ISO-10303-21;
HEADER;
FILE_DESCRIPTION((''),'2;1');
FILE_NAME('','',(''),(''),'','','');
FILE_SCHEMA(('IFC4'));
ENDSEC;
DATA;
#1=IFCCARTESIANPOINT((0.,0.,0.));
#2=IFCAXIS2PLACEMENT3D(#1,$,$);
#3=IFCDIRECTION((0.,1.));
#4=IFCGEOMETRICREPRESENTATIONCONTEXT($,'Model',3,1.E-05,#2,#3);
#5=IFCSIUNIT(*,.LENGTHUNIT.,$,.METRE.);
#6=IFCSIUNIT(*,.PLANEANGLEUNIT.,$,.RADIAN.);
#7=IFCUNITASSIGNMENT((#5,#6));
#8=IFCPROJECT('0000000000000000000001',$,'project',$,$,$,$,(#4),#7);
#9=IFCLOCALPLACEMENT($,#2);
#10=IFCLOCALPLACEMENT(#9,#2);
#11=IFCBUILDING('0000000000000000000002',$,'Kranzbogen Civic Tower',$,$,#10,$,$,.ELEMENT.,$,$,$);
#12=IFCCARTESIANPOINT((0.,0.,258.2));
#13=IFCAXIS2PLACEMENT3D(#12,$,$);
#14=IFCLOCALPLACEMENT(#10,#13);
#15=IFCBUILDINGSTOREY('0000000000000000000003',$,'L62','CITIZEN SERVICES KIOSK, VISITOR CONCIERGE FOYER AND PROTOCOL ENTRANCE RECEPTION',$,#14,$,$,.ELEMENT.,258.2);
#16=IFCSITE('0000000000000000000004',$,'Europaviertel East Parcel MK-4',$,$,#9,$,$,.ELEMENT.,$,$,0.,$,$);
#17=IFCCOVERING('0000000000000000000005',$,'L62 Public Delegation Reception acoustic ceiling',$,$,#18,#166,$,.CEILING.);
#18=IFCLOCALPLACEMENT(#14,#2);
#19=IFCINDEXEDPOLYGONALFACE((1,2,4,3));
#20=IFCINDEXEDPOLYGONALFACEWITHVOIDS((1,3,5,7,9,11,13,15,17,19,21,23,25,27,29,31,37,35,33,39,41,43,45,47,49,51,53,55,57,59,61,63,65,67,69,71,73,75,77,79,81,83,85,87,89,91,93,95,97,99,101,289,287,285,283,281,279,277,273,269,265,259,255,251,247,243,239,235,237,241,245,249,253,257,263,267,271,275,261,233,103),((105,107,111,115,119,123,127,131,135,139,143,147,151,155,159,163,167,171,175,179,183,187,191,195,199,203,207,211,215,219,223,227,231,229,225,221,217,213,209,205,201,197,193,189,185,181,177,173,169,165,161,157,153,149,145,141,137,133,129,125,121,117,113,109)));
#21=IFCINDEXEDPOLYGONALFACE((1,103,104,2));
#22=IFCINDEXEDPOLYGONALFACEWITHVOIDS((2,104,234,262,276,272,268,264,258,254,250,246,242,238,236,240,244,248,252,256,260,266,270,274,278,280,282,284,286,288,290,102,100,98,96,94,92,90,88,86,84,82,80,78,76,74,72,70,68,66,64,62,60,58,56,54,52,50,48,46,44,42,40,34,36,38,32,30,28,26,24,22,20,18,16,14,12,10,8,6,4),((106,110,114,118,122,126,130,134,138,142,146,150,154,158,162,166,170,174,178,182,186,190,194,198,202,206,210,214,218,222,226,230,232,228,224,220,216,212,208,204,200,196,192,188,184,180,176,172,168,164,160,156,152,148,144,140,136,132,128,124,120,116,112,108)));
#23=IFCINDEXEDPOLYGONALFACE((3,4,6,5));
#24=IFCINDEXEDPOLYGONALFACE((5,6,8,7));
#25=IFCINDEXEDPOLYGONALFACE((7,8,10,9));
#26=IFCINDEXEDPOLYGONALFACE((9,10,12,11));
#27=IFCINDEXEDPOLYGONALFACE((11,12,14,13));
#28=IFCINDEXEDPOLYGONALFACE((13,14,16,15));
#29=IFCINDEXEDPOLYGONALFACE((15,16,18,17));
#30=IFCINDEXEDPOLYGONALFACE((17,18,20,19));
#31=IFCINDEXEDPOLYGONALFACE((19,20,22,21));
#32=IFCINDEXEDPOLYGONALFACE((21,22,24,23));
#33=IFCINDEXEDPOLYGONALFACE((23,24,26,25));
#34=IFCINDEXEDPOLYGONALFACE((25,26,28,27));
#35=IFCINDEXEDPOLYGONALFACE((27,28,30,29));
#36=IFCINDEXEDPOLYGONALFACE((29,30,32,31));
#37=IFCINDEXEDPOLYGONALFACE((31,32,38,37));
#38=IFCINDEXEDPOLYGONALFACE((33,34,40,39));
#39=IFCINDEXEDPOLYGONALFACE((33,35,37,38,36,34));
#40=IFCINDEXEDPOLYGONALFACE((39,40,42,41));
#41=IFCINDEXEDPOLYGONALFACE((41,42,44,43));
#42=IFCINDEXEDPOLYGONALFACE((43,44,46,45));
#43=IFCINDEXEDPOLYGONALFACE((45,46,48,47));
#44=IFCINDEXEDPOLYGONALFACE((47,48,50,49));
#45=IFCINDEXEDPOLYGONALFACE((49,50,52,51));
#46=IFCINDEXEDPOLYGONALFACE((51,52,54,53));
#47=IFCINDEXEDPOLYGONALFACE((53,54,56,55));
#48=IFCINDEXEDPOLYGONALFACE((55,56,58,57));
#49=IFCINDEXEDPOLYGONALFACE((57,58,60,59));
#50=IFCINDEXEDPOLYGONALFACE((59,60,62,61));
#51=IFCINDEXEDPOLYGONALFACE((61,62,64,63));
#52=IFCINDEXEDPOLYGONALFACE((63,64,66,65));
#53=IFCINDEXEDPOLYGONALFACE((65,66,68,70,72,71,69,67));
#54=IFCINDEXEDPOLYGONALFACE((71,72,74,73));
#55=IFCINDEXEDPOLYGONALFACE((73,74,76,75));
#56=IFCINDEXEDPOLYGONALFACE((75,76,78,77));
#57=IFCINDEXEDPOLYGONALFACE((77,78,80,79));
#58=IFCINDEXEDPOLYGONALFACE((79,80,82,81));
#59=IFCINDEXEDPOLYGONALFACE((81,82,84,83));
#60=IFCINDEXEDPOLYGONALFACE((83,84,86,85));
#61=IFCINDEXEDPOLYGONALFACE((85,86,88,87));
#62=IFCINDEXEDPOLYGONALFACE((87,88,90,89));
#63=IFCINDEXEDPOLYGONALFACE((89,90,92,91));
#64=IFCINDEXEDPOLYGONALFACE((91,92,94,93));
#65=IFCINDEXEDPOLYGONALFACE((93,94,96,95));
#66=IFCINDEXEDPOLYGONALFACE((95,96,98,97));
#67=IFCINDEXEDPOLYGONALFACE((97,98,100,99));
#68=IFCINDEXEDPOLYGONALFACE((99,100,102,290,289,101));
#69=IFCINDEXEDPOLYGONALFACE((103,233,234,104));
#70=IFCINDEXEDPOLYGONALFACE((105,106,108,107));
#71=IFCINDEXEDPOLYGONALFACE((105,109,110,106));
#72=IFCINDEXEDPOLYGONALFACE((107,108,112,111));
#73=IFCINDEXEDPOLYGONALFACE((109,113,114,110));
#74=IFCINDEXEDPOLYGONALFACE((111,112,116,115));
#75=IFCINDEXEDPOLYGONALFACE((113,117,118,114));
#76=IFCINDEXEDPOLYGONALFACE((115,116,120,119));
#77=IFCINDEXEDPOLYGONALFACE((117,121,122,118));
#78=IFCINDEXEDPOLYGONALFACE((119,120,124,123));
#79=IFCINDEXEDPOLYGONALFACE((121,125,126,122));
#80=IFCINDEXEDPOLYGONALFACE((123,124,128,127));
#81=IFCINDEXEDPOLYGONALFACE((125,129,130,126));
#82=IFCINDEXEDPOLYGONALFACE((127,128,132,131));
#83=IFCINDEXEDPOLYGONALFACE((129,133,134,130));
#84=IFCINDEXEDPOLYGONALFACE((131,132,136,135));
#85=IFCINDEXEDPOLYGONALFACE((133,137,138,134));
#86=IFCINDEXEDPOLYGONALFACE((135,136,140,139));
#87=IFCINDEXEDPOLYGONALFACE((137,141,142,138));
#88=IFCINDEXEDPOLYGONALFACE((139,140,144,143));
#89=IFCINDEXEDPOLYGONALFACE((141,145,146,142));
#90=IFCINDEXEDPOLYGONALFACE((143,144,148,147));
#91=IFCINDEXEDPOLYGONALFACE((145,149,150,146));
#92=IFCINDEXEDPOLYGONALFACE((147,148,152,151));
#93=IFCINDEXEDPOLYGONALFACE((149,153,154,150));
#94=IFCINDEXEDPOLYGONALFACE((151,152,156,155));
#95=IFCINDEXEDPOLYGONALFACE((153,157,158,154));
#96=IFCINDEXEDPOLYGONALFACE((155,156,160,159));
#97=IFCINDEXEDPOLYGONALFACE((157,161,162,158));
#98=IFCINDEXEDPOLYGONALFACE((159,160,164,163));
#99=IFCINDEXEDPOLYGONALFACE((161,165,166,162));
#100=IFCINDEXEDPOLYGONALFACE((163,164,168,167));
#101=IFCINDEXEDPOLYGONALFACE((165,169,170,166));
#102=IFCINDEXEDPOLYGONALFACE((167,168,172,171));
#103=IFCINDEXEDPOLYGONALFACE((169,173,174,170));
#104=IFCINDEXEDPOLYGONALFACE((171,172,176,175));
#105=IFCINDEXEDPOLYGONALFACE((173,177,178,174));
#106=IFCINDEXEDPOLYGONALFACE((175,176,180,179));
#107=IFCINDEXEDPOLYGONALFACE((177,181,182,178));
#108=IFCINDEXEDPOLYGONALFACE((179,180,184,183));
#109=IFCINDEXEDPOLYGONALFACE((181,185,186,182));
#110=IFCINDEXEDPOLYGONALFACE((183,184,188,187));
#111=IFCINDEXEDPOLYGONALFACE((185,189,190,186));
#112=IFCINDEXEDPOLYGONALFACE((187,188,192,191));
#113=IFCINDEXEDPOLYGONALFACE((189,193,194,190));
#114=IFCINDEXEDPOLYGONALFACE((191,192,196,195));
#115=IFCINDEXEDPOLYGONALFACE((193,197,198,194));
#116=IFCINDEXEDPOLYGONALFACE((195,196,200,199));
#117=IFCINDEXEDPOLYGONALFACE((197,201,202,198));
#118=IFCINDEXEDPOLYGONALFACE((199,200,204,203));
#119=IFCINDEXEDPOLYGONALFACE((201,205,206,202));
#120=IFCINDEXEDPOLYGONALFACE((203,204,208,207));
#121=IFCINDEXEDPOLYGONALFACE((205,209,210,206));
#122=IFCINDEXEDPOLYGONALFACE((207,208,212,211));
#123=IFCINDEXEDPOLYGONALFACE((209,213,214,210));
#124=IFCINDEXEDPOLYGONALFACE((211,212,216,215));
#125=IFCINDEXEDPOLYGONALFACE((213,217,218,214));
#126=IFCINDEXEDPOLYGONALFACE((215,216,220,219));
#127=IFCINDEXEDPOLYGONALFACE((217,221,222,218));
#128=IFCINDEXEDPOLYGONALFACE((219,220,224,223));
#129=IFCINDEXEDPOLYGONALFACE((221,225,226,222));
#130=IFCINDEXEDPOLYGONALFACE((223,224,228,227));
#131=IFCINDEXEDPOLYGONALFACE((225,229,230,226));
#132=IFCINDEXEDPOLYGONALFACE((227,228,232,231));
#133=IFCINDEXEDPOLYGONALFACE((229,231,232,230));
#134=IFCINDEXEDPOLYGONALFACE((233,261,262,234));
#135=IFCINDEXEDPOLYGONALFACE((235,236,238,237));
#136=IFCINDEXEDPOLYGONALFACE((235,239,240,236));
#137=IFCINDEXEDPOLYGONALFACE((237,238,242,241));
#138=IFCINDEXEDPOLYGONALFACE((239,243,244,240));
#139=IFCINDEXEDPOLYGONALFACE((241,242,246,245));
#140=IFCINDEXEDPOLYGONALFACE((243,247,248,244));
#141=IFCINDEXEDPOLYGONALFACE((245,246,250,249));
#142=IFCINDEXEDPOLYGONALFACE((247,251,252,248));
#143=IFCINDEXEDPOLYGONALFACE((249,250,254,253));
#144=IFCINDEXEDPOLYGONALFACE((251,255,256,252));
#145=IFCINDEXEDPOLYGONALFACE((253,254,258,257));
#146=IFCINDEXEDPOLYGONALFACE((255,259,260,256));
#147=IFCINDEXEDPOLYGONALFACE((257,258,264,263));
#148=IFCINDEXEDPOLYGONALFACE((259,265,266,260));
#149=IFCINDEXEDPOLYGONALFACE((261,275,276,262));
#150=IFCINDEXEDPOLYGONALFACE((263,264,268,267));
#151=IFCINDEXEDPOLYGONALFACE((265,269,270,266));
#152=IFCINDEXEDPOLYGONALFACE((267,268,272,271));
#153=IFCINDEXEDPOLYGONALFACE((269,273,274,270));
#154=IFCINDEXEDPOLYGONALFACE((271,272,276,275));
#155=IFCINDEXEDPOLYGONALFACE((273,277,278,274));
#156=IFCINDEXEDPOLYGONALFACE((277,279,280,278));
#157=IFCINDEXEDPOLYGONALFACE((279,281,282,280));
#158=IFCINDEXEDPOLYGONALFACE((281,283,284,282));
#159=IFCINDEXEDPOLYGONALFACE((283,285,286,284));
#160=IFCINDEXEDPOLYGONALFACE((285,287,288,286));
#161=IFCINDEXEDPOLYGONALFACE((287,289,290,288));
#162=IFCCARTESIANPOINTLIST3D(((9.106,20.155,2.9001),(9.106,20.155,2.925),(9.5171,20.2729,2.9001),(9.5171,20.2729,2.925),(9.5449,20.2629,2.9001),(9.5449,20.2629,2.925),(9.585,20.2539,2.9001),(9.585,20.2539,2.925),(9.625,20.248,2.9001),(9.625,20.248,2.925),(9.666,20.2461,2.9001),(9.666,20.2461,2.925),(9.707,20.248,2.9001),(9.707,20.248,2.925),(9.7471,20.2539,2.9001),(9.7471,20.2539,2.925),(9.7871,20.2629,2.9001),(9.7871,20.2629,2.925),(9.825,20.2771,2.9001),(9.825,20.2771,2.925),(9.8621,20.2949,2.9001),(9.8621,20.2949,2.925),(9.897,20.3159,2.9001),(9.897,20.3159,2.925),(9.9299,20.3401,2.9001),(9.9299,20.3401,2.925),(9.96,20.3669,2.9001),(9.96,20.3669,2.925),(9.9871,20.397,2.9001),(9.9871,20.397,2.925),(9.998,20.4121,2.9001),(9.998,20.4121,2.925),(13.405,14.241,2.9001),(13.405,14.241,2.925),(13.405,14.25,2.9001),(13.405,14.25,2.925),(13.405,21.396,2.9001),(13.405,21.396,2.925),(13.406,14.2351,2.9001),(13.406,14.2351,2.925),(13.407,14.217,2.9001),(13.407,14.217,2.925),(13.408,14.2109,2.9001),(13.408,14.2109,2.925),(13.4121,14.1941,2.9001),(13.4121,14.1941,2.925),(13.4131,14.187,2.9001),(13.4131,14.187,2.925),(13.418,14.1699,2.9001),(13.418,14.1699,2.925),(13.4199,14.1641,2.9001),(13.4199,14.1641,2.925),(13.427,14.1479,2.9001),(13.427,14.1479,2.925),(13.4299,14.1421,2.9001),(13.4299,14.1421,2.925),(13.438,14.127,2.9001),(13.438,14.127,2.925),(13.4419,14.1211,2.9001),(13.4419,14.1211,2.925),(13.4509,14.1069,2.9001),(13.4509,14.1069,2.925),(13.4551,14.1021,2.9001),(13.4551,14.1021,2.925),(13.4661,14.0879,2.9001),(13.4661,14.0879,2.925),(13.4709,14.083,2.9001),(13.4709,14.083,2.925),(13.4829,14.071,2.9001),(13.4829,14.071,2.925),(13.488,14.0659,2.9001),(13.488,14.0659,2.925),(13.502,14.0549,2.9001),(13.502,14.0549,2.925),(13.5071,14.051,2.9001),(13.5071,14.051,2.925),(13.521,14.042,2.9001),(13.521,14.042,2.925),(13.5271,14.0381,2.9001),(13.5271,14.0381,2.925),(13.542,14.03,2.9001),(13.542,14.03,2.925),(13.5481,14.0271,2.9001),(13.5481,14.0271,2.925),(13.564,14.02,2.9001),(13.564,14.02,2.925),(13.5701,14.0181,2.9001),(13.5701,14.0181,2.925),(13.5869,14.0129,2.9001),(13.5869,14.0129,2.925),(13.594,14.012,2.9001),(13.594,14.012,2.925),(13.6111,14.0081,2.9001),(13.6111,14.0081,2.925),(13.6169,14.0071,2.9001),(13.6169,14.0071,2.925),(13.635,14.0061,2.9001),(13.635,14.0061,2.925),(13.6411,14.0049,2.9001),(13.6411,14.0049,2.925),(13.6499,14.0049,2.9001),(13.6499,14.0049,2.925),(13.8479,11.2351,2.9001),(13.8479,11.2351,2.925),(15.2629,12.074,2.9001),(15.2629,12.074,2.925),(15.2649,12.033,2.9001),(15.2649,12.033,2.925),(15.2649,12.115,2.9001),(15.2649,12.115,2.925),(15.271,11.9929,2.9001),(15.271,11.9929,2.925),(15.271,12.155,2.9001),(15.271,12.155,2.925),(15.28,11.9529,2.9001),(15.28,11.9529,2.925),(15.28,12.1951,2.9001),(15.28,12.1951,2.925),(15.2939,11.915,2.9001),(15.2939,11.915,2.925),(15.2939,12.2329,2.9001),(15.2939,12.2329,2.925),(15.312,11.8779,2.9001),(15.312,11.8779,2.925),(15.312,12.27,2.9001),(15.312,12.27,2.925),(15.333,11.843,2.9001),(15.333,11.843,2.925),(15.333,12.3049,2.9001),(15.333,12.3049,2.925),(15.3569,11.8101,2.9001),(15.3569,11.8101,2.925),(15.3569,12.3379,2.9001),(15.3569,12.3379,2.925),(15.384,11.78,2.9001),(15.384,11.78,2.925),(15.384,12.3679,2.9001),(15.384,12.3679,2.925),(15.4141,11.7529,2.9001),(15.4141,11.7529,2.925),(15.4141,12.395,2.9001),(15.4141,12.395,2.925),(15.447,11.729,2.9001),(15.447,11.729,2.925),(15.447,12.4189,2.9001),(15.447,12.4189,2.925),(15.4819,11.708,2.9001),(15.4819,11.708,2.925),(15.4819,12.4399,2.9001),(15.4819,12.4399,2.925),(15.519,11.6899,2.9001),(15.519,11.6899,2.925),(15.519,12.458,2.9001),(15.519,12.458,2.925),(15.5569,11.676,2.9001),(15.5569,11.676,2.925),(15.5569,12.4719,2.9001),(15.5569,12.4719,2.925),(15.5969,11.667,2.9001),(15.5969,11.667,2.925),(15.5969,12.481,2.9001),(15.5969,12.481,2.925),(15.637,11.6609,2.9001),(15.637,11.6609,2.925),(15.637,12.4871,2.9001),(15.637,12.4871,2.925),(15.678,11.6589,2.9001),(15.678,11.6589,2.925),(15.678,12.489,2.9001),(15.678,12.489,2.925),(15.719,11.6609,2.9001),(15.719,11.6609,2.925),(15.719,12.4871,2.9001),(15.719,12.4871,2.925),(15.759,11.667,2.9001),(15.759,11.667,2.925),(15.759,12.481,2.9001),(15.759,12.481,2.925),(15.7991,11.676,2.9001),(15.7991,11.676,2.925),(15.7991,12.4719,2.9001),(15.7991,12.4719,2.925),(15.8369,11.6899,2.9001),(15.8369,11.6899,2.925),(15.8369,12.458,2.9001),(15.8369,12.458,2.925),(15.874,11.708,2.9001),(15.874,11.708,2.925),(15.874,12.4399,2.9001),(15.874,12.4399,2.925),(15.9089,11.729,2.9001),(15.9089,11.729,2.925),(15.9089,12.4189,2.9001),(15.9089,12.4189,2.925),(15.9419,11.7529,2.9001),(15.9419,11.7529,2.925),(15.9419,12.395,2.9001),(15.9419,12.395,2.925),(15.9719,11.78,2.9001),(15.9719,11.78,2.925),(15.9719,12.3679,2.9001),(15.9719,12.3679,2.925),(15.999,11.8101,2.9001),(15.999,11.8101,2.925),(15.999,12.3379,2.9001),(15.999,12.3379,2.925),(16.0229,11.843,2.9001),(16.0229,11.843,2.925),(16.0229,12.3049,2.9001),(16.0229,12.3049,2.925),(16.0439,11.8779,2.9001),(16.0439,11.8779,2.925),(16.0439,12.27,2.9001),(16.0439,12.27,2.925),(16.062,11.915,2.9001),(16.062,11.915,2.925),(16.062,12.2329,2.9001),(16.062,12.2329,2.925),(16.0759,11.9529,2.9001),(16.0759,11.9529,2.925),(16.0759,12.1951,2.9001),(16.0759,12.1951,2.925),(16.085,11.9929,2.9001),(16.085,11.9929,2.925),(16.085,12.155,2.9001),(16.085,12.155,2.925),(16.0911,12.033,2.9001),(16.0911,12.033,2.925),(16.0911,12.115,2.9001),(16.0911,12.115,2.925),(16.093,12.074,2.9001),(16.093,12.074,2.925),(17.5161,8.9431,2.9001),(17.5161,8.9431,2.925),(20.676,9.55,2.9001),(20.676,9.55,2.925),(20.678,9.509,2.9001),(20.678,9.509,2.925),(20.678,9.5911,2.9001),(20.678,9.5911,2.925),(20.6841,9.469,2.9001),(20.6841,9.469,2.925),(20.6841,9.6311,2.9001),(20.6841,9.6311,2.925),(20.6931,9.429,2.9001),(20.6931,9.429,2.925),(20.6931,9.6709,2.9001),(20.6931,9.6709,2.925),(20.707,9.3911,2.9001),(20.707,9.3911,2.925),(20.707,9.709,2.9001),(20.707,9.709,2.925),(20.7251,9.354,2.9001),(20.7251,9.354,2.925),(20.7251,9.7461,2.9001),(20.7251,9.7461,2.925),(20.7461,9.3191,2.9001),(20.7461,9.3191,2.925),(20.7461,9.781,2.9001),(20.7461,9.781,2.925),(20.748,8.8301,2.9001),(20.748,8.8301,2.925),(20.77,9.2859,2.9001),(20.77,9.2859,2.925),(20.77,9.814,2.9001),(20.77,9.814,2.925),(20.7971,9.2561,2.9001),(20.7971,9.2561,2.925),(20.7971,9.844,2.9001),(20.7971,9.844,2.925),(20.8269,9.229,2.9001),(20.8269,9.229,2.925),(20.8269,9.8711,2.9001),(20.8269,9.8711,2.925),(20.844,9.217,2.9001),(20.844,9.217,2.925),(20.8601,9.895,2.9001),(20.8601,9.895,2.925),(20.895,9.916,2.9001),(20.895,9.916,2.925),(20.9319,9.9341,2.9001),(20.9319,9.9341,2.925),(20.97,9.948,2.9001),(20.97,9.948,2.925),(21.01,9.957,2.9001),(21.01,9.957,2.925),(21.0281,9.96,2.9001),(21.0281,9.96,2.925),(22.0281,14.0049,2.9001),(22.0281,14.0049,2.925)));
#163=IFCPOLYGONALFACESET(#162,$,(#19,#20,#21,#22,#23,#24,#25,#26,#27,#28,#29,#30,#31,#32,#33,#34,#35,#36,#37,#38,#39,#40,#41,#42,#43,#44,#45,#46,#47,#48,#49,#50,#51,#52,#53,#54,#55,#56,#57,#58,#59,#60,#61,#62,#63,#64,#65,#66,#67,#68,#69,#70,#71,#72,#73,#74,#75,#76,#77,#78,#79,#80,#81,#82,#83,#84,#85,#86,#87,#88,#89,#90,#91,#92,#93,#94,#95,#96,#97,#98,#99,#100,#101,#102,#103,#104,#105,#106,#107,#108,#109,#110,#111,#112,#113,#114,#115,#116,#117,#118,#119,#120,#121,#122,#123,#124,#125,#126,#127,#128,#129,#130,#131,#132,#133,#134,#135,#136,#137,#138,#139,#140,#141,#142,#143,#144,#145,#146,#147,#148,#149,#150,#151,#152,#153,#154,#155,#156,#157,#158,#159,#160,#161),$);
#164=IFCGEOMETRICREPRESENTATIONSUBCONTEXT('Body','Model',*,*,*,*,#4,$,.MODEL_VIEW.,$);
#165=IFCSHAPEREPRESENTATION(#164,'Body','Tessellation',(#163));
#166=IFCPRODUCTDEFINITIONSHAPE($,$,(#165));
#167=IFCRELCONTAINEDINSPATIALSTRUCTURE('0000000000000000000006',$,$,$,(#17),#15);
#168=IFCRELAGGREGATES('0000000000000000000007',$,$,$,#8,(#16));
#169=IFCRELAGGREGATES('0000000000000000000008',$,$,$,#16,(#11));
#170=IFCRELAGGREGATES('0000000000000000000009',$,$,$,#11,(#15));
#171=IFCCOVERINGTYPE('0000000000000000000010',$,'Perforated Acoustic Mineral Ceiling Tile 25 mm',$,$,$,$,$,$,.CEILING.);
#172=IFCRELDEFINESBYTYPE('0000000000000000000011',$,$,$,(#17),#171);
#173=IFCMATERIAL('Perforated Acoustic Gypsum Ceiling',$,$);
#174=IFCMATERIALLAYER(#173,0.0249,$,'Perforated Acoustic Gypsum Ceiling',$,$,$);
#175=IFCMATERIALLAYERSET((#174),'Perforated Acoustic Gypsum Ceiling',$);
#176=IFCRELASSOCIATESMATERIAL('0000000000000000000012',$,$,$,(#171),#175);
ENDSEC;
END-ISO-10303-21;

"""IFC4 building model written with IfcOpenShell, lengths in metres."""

from ifc_helpers import new_model, si_unit, direction, frame, origin, place, context, subcontext, project, spatial, polyline, outline, extrude, material, layer, layer_set, type_object, element, save


model = new_model("IFC4")

# Units and contexts
model_context = context("Model", 3, precision=1e-05, world=origin(), true_north=direction((0.0, 1.0)))
body_context = subcontext(model_context, "Body", "Model", "MODEL_VIEW")
ifc_project = project(units=[si_unit("LENGTHUNIT", "METRE"), si_unit("PLANEANGLEUNIT", "RADIAN")], contexts=[model_context])

# Site, building, storey
site_placement = place(None, origin())
site = spatial("IfcSite", under=ifc_project, at=site_placement, Name="Europaviertel East Parcel MK-4", CompositionType="ELEMENT", RefElevation=0.0)
building_placement = place(site_placement, origin())
building = spatial("IfcBuilding", under=site, at=building_placement, Name="Kranzbogen Civic Tower", CompositionType="ELEMENT")
storey_placement = place(building_placement, frame((0.0, 0.0, 258.2)))
storey = spatial("IfcBuildingStorey", under=building, at=storey_placement, Name="L62", Description="CITIZEN SERVICES KIOSK, VISITOR CONCIERGE FOYER AND PROTOCOL ENTRANCE RECEPTION", CompositionType="ELEMENT", Elevation=258.2)

# Covering
ifc_material_1 = material(Name="Perforated Acoustic Gypsum Ceiling")
ifc_layer_1 = layer(ifc_material_1, 0.0249, Name="Perforated Acoustic Gypsum Ceiling")
ifc_layer_set_1 = layer_set([ifc_layer_1], Name="Perforated Acoustic Gypsum Ceiling")
covering_type = type_object("IfcCoveringType", Name="Perforated Acoustic Mineral Ceiling Tile 25 mm", PredefinedType="CEILING", material=ifc_layer_set_1)
covering_1_placement = place(storey_placement, frame((0.0, 0.0, 2.9001)))
element("IfcCovering", 1, at=covering_1_placement, inside=storey, type_object=covering_type, Name="L62 Public Delegation Reception acoustic ceiling", PredefinedType="CEILING", context=body_context, shape_type="SweptSolid", body=[
    extrude(outline(polyline([(13.8479, 11.2351), (9.106, 20.155), (9.5171, 20.2729), (9.5449, 20.2629), (9.585, 20.2539), (9.625, 20.248), (9.666, 20.2461), (9.707, 20.248), (9.7471, 20.2539), (9.7871, 20.2629), (9.825, 20.2771), (9.8621, 20.2949), (9.897, 20.3159), (9.9299, 20.3401), (9.96, 20.3669), (9.9871, 20.397), (9.998, 20.4121), (13.405, 21.396), (13.405, 14.25), (13.405, 14.241), (13.406, 14.2351), (13.407, 14.217), (13.408, 14.2109), (13.4121, 14.1941), (13.4131, 14.187), (13.418, 14.1699), (13.4199, 14.1641), (13.427, 14.1479), (13.4299, 14.1421), (13.438, 14.127), (13.4419, 14.1211), (13.4509, 14.1069), (13.4551, 14.1021), (13.4661, 14.0879), (13.4709, 14.083), (13.4829, 14.071), (13.488, 14.0659), (13.502, 14.0549), (13.5071, 14.051), (13.521, 14.042), (13.5271, 14.0381), (13.542, 14.03), (13.5481, 14.0271), (13.564, 14.02), (13.5701, 14.0181), (13.5869, 14.0129), (13.594, 14.012), (13.6111, 14.0081), (13.6169, 14.0071), (13.635, 14.0061), (13.6411, 14.0049), (13.6499, 14.0049), (22.0281, 14.0049), (21.0281, 9.96), (21.01, 9.957), (20.97, 9.948), (20.9319, 9.9341), (20.895, 9.916), (20.8601, 9.895), (20.8269, 9.8711), (20.7971, 9.844), (20.77, 9.814), (20.7461, 9.781), (20.7251, 9.7461), (20.707, 9.709), (20.6931, 9.6709), (20.6841, 9.6311), (20.678, 9.5911), (20.676, 9.55), (20.678, 9.509), (20.6841, 9.469), (20.6931, 9.429), (20.707, 9.3911), (20.7251, 9.354), (20.7461, 9.3191), (20.77, 9.2859), (20.7971, 9.2561), (20.8269, 9.229), (20.844, 9.217), (20.748, 8.8301), (17.5161, 8.9431), (13.8479, 11.2351)]), holes=[polyline([(16.062, 11.915), (16.0439, 11.8779), (16.0229, 11.843), (15.999, 11.8101), (15.9719, 11.78), (15.9419, 11.7529), (15.9089, 11.729), (15.874, 11.708), (15.8369, 11.6899), (15.7991, 11.676), (15.759, 11.667), (15.719, 11.6609), (15.678, 11.6589), (15.637, 11.6609), (15.5969, 11.667), (15.5569, 11.676), (15.519, 11.6899), (15.4819, 11.708), (15.447, 11.729), (15.4141, 11.7529), (15.384, 11.78), (15.3569, 11.8101), (15.333, 11.843), (15.312, 11.8779), (15.2939, 11.915), (15.28, 11.9529), (15.271, 11.9929), (15.2649, 12.033), (15.2629, 12.074), (15.2649, 12.115), (15.271, 12.155), (15.28, 12.1951), (15.2939, 12.2329), (15.312, 12.27), (15.333, 12.3049), (15.3569, 12.3379), (15.384, 12.3679), (15.4141, 12.395), (15.447, 12.4189), (15.4819, 12.4399), (15.519, 12.458), (15.5569, 12.4719), (15.5969, 12.481), (15.637, 12.4871), (15.678, 12.489), (15.719, 12.4871), (15.759, 12.481), (15.7991, 12.4719), (15.8369, 12.458), (15.874, 12.4399), (15.9089, 12.4189), (15.9419, 12.395), (15.9719, 12.3679), (15.999, 12.3379), (16.0229, 12.3049), (16.0439, 12.27), (16.062, 12.2329), (16.0759, 12.1951), (16.085, 12.155), (16.0911, 12.115), (16.093, 12.074), (16.0911, 12.033), (16.085, 11.9929), (16.0759, 11.9529), (16.062, 11.915)])]), origin(), (0.0, 0.0, 1.0), 0.0249),
])

save(model, "model.ifc")
